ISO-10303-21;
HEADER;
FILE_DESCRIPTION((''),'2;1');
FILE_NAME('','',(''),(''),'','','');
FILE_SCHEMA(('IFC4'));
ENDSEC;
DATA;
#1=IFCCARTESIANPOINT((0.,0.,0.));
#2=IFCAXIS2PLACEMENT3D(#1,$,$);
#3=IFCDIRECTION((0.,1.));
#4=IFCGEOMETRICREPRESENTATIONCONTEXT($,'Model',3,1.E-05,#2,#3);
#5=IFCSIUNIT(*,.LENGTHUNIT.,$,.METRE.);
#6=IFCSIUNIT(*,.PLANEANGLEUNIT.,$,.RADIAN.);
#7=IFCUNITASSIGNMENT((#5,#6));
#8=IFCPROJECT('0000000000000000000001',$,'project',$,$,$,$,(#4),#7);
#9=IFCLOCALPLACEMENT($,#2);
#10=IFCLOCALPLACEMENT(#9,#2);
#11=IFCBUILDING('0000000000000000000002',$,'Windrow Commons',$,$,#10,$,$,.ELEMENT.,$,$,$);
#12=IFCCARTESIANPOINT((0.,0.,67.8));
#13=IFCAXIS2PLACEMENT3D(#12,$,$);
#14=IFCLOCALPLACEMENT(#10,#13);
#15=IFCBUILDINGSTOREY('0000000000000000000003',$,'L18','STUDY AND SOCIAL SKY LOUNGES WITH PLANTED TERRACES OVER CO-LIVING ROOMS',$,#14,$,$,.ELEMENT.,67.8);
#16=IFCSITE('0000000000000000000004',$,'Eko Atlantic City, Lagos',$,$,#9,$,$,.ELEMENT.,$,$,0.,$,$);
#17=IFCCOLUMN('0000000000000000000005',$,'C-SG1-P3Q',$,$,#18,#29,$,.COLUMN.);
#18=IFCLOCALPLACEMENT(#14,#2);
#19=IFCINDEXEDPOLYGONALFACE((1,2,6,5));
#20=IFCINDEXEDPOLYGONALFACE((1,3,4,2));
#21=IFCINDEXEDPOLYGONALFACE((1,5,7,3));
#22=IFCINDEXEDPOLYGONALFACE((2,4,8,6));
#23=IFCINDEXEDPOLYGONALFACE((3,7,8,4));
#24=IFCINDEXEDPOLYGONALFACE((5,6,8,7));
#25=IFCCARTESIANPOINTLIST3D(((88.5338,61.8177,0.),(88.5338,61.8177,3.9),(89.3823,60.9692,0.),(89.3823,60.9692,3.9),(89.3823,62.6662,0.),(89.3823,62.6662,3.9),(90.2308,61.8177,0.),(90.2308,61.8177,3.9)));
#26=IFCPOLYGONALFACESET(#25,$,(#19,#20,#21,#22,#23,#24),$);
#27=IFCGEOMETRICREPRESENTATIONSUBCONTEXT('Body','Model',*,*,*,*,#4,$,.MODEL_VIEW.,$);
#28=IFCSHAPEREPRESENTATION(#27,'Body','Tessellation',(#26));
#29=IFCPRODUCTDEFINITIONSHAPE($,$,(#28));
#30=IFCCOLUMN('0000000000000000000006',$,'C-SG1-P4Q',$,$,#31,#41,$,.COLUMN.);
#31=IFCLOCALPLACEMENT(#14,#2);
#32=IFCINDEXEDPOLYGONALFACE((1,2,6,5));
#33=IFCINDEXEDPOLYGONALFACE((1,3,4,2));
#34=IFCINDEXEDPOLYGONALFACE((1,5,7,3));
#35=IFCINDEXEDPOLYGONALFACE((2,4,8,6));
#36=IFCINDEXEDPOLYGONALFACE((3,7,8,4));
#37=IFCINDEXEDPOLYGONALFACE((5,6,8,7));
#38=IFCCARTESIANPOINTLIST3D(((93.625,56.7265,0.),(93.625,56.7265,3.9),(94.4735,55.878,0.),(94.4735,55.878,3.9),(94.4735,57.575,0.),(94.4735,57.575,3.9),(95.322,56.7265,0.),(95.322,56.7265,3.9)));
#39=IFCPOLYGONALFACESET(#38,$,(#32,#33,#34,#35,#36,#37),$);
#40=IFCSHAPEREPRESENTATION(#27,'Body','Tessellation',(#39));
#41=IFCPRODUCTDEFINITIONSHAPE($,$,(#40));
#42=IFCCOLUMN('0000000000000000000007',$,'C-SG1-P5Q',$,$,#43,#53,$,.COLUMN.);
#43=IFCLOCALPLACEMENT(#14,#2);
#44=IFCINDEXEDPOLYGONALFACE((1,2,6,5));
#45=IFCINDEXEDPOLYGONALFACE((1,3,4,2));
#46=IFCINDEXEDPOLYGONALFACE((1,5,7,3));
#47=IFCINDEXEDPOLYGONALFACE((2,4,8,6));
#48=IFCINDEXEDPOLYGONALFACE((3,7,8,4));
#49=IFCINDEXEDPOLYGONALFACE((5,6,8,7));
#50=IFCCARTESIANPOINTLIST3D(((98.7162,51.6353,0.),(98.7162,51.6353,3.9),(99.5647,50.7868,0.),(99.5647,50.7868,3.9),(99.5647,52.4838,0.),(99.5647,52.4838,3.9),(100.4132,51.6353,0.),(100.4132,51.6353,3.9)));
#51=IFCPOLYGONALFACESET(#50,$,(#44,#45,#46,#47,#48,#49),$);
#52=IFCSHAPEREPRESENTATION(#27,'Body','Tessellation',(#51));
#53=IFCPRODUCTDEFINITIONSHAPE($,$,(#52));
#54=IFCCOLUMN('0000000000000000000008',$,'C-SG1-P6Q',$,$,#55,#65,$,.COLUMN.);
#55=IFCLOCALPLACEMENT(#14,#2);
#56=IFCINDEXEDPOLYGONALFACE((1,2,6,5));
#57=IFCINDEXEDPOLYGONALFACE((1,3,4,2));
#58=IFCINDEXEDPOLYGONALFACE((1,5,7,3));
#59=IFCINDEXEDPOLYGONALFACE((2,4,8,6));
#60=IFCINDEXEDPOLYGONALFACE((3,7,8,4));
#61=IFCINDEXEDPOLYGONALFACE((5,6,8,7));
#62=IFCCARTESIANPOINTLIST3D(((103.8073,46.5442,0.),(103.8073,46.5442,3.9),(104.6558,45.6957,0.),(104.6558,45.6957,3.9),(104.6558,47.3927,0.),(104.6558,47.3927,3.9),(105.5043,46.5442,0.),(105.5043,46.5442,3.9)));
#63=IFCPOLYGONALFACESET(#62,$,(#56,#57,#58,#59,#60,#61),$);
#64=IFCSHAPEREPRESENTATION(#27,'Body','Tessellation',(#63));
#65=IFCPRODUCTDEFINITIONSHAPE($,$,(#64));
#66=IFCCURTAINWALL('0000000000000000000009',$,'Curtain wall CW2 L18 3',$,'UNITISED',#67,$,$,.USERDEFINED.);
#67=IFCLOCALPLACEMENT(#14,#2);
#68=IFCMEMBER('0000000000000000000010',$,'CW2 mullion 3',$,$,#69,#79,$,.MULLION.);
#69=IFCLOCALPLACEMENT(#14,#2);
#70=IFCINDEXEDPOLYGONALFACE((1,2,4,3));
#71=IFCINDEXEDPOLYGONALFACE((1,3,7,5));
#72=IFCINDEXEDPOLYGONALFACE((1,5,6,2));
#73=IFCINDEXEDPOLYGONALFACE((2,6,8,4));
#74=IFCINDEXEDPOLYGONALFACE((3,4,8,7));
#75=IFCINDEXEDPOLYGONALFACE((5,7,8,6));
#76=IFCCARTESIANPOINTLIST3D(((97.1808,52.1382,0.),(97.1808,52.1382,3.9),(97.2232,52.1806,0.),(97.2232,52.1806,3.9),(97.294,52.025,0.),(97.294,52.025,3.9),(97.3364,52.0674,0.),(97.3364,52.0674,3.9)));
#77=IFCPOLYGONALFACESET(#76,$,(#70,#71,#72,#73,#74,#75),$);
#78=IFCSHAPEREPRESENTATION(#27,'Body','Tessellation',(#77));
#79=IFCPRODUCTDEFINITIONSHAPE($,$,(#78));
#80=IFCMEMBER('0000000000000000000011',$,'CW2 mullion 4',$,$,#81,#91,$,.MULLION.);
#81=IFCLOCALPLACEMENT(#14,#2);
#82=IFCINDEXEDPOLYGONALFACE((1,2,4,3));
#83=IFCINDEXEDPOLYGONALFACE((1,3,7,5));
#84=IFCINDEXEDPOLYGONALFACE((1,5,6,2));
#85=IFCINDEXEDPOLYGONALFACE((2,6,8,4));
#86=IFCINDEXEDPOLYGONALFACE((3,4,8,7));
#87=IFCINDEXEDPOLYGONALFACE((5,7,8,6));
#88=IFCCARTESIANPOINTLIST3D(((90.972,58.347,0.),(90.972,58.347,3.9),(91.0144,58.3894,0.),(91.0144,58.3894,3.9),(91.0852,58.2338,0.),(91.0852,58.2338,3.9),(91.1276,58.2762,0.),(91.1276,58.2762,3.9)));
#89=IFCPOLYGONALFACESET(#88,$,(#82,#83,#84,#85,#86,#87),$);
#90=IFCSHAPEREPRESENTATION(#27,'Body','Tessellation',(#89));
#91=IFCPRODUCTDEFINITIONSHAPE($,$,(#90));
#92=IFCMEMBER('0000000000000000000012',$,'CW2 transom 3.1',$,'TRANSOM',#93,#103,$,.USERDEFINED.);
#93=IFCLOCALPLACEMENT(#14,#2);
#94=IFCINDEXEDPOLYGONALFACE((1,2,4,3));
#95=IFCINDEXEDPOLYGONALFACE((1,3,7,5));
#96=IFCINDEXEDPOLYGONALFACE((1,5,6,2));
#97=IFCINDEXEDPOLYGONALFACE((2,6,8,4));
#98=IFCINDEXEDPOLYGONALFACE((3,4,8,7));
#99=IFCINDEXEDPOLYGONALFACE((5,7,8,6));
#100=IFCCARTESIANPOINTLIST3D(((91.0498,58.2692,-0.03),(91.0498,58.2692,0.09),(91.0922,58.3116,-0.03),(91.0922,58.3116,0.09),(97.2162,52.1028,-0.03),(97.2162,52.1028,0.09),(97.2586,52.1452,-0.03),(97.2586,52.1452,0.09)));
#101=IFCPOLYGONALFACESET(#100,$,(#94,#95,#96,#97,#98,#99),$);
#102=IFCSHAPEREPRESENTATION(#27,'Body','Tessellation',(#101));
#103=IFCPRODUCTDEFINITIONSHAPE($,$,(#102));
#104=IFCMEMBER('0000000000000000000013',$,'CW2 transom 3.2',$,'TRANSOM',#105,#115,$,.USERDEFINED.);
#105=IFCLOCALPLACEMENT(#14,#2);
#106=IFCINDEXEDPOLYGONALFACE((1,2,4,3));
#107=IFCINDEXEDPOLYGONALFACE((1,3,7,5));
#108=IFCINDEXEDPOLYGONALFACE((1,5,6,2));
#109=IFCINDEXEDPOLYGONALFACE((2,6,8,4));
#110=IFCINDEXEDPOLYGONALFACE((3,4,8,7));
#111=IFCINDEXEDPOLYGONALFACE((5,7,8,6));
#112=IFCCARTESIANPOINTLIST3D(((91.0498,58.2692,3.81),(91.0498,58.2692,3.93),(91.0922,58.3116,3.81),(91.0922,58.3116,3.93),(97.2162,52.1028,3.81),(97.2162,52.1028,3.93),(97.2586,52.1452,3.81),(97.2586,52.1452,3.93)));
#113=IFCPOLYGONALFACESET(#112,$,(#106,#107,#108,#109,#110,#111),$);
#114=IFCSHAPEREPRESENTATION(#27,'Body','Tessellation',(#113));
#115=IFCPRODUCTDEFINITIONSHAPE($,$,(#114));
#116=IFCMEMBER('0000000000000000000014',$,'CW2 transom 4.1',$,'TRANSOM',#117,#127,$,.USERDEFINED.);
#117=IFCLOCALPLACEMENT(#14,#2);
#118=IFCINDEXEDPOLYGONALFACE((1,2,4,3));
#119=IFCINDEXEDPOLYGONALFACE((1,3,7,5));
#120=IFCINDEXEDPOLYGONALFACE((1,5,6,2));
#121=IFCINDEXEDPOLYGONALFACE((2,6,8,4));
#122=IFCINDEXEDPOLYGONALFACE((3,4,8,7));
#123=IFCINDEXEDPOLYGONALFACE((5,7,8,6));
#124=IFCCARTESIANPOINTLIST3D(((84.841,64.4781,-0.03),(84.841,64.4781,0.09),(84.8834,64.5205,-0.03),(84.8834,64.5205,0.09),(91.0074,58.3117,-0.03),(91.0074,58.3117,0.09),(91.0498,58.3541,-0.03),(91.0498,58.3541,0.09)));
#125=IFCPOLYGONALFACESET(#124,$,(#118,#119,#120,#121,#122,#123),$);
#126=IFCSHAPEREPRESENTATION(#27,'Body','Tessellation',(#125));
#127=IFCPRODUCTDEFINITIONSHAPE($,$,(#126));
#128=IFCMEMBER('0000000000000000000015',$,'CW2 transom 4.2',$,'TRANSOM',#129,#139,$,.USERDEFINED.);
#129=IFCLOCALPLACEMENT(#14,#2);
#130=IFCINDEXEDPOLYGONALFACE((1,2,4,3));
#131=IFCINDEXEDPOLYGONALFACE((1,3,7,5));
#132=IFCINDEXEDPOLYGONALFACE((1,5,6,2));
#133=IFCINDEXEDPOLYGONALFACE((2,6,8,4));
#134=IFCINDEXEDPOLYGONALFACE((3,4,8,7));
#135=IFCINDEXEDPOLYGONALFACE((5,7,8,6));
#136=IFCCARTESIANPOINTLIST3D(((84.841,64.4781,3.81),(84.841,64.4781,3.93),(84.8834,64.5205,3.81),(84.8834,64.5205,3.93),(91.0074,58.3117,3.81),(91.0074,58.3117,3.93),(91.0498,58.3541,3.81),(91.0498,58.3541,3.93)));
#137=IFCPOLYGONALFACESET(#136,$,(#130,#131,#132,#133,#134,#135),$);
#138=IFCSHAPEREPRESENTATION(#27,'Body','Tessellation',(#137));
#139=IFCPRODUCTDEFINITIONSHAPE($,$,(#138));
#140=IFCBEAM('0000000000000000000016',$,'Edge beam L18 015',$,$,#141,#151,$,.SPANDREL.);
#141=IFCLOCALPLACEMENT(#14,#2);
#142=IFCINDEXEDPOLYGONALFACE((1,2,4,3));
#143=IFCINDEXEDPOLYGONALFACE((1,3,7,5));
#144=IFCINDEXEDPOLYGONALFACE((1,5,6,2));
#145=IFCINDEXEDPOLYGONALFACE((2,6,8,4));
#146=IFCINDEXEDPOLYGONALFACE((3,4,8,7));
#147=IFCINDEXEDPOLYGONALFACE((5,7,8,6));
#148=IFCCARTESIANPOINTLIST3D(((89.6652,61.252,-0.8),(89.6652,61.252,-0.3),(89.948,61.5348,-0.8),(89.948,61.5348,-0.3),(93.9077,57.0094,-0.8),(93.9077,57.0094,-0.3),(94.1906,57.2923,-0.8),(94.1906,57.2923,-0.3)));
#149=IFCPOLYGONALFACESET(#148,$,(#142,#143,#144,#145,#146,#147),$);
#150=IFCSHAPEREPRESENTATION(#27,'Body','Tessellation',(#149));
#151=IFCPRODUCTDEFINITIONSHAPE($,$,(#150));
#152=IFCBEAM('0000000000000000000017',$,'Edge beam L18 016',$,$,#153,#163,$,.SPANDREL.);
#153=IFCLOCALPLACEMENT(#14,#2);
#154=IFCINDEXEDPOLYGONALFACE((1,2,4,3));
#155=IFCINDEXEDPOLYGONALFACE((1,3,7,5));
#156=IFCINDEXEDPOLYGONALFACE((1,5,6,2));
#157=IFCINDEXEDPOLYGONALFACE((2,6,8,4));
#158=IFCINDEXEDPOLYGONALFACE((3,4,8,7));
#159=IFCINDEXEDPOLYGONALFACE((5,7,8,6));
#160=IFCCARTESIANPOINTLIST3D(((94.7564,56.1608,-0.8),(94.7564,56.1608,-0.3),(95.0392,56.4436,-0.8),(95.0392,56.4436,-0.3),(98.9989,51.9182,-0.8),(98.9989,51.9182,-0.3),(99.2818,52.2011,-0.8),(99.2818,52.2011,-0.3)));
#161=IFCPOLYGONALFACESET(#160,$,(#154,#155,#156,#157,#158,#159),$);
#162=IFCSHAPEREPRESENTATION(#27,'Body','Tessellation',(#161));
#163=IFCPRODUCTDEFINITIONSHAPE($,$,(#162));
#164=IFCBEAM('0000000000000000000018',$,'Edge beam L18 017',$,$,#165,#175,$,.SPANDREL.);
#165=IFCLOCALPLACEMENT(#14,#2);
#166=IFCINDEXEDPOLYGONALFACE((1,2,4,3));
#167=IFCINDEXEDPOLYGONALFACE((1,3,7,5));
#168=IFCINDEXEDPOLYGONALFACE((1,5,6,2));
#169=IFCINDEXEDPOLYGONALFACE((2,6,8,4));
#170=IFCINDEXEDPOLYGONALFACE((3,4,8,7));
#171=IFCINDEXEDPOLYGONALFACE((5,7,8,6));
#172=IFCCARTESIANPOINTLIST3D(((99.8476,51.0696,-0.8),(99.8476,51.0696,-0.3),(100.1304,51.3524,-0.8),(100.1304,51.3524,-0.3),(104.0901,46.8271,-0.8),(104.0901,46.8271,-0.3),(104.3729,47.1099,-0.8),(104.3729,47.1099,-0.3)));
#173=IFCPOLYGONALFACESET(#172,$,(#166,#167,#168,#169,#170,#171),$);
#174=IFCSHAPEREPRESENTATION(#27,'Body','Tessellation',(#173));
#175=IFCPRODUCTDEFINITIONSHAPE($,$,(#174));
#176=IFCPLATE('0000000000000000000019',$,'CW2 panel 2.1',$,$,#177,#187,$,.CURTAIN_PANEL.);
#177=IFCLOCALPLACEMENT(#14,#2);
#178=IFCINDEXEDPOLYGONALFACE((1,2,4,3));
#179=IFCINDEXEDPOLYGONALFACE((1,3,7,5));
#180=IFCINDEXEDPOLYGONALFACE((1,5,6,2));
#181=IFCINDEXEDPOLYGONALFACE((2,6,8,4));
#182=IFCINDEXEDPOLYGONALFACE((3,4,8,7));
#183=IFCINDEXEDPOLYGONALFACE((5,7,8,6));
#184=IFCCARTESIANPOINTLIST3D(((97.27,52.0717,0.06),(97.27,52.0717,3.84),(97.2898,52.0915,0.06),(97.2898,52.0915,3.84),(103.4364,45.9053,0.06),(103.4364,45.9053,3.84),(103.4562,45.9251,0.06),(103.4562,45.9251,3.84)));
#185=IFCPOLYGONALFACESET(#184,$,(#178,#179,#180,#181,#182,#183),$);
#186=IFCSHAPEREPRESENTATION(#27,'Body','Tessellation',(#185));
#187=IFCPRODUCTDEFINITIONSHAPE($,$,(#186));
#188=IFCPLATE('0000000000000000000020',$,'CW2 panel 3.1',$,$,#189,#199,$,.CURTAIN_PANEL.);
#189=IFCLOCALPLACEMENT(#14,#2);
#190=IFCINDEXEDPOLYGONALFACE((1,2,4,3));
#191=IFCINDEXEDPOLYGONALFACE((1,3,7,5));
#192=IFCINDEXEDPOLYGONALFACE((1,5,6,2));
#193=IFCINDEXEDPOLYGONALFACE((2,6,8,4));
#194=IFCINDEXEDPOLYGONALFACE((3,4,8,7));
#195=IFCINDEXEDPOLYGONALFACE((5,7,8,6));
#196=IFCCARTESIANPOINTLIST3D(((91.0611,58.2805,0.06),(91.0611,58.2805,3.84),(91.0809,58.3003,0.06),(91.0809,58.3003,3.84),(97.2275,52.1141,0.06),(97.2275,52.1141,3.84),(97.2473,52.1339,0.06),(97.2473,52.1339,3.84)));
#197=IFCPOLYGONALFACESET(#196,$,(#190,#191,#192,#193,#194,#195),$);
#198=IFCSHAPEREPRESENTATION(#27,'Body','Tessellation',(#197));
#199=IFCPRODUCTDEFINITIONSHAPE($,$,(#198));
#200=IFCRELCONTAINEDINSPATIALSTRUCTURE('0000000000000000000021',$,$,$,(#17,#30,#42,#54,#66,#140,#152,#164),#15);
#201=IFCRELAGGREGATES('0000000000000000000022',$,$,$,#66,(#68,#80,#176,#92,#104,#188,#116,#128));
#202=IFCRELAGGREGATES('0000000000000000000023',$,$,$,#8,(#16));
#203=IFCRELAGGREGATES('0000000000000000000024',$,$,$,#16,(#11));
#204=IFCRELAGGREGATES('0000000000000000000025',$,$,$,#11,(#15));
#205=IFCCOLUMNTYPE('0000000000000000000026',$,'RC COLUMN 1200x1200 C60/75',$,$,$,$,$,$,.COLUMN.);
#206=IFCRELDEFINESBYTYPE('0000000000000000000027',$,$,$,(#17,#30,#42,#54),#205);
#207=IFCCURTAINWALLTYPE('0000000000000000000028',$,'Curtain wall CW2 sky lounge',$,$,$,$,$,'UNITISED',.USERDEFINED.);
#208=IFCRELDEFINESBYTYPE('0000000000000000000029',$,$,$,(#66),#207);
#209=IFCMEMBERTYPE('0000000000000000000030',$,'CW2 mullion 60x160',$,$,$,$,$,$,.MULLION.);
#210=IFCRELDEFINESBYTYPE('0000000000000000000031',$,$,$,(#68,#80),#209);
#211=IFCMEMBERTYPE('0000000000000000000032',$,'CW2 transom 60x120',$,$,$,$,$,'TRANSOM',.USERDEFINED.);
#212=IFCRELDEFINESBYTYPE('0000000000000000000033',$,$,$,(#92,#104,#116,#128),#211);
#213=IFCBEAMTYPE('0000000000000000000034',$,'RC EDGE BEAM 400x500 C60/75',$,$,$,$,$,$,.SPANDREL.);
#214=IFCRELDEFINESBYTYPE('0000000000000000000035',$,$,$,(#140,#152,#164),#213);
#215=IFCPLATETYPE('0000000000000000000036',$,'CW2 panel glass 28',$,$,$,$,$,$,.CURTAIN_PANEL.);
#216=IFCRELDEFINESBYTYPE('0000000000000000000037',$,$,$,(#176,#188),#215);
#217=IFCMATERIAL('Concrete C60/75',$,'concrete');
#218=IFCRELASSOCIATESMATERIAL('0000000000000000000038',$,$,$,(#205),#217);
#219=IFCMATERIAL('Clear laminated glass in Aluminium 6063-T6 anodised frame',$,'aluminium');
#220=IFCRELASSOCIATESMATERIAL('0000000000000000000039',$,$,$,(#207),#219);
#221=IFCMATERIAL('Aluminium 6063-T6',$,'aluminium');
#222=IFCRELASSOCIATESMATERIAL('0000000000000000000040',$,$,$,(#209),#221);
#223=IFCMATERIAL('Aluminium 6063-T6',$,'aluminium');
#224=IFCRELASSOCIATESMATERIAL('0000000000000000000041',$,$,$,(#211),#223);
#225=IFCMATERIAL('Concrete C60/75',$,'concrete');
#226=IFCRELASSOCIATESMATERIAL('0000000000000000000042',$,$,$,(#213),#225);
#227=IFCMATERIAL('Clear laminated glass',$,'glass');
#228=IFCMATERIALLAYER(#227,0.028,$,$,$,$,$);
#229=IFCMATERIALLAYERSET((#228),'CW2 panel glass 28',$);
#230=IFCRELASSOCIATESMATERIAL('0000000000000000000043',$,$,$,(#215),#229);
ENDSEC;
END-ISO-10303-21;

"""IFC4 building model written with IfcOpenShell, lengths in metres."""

from ifc_helpers import new_model, si_unit, direction, frame, origin, origin_2d, place, context, subcontext, project, spatial, rectangle, extrude, material, layer, layer_set, material_profile, profile_set, type_object, element, aggregate, save


model = new_model("IFC4")

# Units and contexts
model_context = context("Model", 3, precision=1e-05, world=origin(), true_north=direction((0.0, 1.0)))
body_context = subcontext(model_context, "Body", "Model", "MODEL_VIEW")
ifc_project = project(units=[si_unit("LENGTHUNIT", "METRE"), si_unit("PLANEANGLEUNIT", "RADIAN")], contexts=[model_context])

# Site, building, storey
site_placement = place(None, origin())
site = spatial("IfcSite", under=ifc_project, at=site_placement, Name="Eko Atlantic City, Lagos", CompositionType="ELEMENT", RefElevation=0.0)
building_placement = place(site_placement, origin())
building = spatial("IfcBuilding", under=site, at=building_placement, Name="Windrow Commons", CompositionType="ELEMENT")
storey_placement = place(building_placement, frame((0.0, 0.0, 67.8)))
storey = spatial("IfcBuildingStorey", under=building, at=storey_placement, Name="L18", Description="STUDY AND SOCIAL SKY LOUNGES WITH PLANTED TERRACES OVER CO-LIVING ROOMS", CompositionType="ELEMENT", Elevation=67.8)

# Columns
ifc_material_1 = material(Name="Concrete C60/75", Category="concrete")
ifc_material_profile_1 = material_profile(ifc_material_1, rectangle(XDim=1.2, YDim=1.2, at=origin_2d()))
ifc_profile_set_1 = profile_set([ifc_material_profile_1], Name="Concrete C60/75")
column_type = type_object("IfcColumnType", Name="RC COLUMN 1200x1200 C60/75", PredefinedType="COLUMN", material=ifc_profile_set_1)
for number, where, z_axis, x_axis, name in (
    (1, (89.3823, 61.8177, 0.0), (0.0, 0.0, 1.0), (0.707107, -0.707107, 0.0), "C-SG1-P3Q"),
    (2, (94.4735, 56.7265, 0.0), (0.0, 0.0, 1.0), (0.707107, -0.707107, 0.0), "C-SG1-P4Q"),
    (3, (99.5647, 51.6353, 0.0), (0.0, 0.0, 1.0), (0.707107, -0.707107, 0.0), "C-SG1-P5Q"),
    (4, (104.6558, 46.5442, 0.0), (0.0, 0.0, 1.0), (0.707107, -0.707107, 0.0), "C-SG1-P6Q"),
):
    element("IfcColumn", number, at=place(storey_placement, frame(where, z_axis=z_axis, x_axis=x_axis)), inside=storey, type_object=column_type, Name=name, PredefinedType="COLUMN", context=body_context, shape_type="SweptSolid", body=[
        extrude(rectangle(XDim=1.2, YDim=1.2, at=origin_2d()), origin(), (0.0, 0.0, 1.0), 3.9),
    ])

# Curtain wall, members
ifc_material_2 = material(Name="Clear laminated glass in Aluminium 6063-T6 anodised frame", Category="aluminium")
curtain_wall_type = type_object("IfcCurtainWallType", Name="Curtain wall CW2 sky lounge", ElementType="UNITISED", PredefinedType="USERDEFINED", material=ifc_material_2)
placement = place(storey_placement, origin())
curtain_wall = element("IfcCurtainWall", 5, at=placement, inside=storey, type_object=curtain_wall_type, Name="Curtain wall CW2 L18 3", ObjectType="UNITISED", PredefinedType="USERDEFINED")
ifc_material_3 = material(Name="Aluminium 6063-T6", Category="aluminium")
ifc_material_profile_2 = material_profile(ifc_material_3, rectangle(XDim=0.06, YDim=0.16, at=origin_2d()))
ifc_profile_set_2 = profile_set([ifc_material_profile_2], Name="Aluminium 6063-T6")
member_type_1 = type_object("IfcMemberType", Name="CW2 mullion 60x160", PredefinedType="MULLION", material=ifc_profile_set_2)
member_1_placement = place(storey_placement, frame((97.2586, 52.1028, 0.0), z_axis=(0.0, 0.0, 1.0), x_axis=(-0.707107, -0.707107, 0.0)))
member_1 = element("IfcMember", 6, at=member_1_placement, type_object=member_type_1, Name="CW2 mullion 3", PredefinedType="MULLION", context=body_context, shape_type="SweptSolid", body=[
    extrude(rectangle(XDim=0.06, YDim=0.16, at=origin_2d()), origin(), (0.0, 0.0, 1.0), 3.9),
])
member_2_placement = place(storey_placement, frame((91.0498, 58.3116, 0.0), z_axis=(0.0, 0.0, 1.0), x_axis=(-0.707107, -0.707107, 0.0)))
member_2 = element("IfcMember", 7, at=member_2_placement, type_object=member_type_1, Name="CW2 mullion 4", PredefinedType="MULLION", context=body_context, shape_type="SweptSolid", body=[
    extrude(rectangle(XDim=0.06, YDim=0.16, at=origin_2d()), origin(), (0.0, 0.0, 1.0), 3.9),
])
ifc_material_4 = material(Name="Aluminium 6063-T6", Category="aluminium")
ifc_material_profile_3 = material_profile(ifc_material_4, rectangle(XDim=0.06, YDim=0.12, at=origin_2d()))
ifc_profile_set_3 = profile_set([ifc_material_profile_3], Name="Aluminium 6063-T6")
member_type_2 = type_object("IfcMemberType", Name="CW2 transom 60x120", ElementType="TRANSOM", PredefinedType="USERDEFINED", material=ifc_profile_set_3)
member_3_placement = place(storey_placement, frame((97.2374, 52.124, 0.03), z_axis=(-0.707107, 0.707107, 0.0), x_axis=(-0.707107, -0.707107, 0.0)))
member_3 = element("IfcMember", 8, at=member_3_placement, type_object=member_type_2, Name="CW2 transom 3.1", ObjectType="TRANSOM", PredefinedType="USERDEFINED", context=body_context, shape_type="SweptSolid", body=[
    extrude(rectangle(XDim=0.06, YDim=0.12, at=origin_2d()), origin(), (0.0, 0.0, 1.0), 8.7206),
])
member_4_placement = place(storey_placement, frame((97.2374, 52.124, 3.87), z_axis=(-0.707107, 0.707107, 0.0), x_axis=(-0.707107, -0.707107, 0.0)))
member_4 = element("IfcMember", 9, at=member_4_placement, type_object=member_type_2, Name="CW2 transom 3.2", ObjectType="TRANSOM", PredefinedType="USERDEFINED", context=body_context, shape_type="SweptSolid", body=[
    extrude(rectangle(XDim=0.06, YDim=0.12, at=origin_2d()), origin(), (0.0, 0.0, 1.0), 8.7206),
])
member_5_placement = place(storey_placement, frame((91.0286, 58.3329, 0.03), z_axis=(-0.707107, 0.707107, 0.0), x_axis=(-0.707107, -0.707107, 0.0)))
member_5 = element("IfcMember", 10, at=member_5_placement, type_object=member_type_2, Name="CW2 transom 4.1", ObjectType="TRANSOM", PredefinedType="USERDEFINED", context=body_context, shape_type="SweptSolid", body=[
    extrude(rectangle(XDim=0.06, YDim=0.12, at=origin_2d()), origin(), (0.0, 0.0, 1.0), 8.7206),
])
member_6_placement = place(storey_placement, frame((91.0286, 58.3329, 3.87), z_axis=(-0.707107, 0.707107, 0.0), x_axis=(-0.707107, -0.707107, 0.0)))
member_6 = element("IfcMember", 11, at=member_6_placement, type_object=member_type_2, Name="CW2 transom 4.2", ObjectType="TRANSOM", PredefinedType="USERDEFINED", context=body_context, shape_type="SweptSolid", body=[
    extrude(rectangle(XDim=0.06, YDim=0.12, at=origin_2d()), origin(), (0.0, 0.0, 1.0), 8.7206),
])

# Beams
ifc_material_5 = material(Name="Concrete C60/75", Category="concrete")
ifc_material_profile_4 = material_profile(ifc_material_5, rectangle(XDim=0.4, YDim=0.5, at=origin_2d()))
ifc_profile_set_4 = profile_set([ifc_material_profile_4], Name="Concrete C60/75")
beam_type = type_object("IfcBeamType", Name="RC EDGE BEAM 400x500 C60/75", PredefinedType="SPANDREL", material=ifc_profile_set_4)
for number, where, z_axis, x_axis, name in (
    (12, (89.8066, 61.3934, -0.55), (0.707107, -0.707107, 0.0), (0.707107, 0.707107, 0.0), "Edge beam L18 015"),
    (13, (94.8978, 56.3022, -0.55), (0.707107, -0.707107, 0.0), (0.707107, 0.707107, 0.0), "Edge beam L18 016"),
):
    element("IfcBeam", number, at=place(storey_placement, frame(where, z_axis=z_axis, x_axis=x_axis)), inside=storey, type_object=beam_type, Name=name, PredefinedType="SPANDREL", context=body_context, shape_type="SweptSolid", body=[
        extrude(rectangle(XDim=0.4, YDim=0.5, at=origin_2d()), origin(), (0.0, 0.0, 1.0), 5.9999),
    ])
beam_placement = place(storey_placement, frame((99.989, 51.211, -0.55), z_axis=(0.707107, -0.707107, 0.0), x_axis=(0.707107, 0.707107, 0.0)))
element("IfcBeam", 14, at=beam_placement, inside=storey, type_object=beam_type, Name="Edge beam L18 017", PredefinedType="SPANDREL", context=body_context, shape_type="SweptSolid", body=[
    extrude(rectangle(XDim=0.4, YDim=0.5, at=origin_2d()), origin(), (0.0, 0.0, 1.0), 5.9998),
])

# Plates
ifc_material_6 = material(Name="Clear laminated glass", Category="glass")
ifc_layer_1 = layer(ifc_material_6, 0.028)
ifc_layer_set_1 = layer_set([ifc_layer_1], Name="CW2 panel glass 28")
plate_type = type_object("IfcPlateType", Name="CW2 panel glass 28", PredefinedType="CURTAIN_PANEL", material=ifc_layer_set_1)
plate_1_placement = place(storey_placement, frame((100.3631, 48.9984, 0.06), z_axis=(0.0, 0.0, 1.0), x_axis=(-0.707107, 0.707107, 0.0)))
plate_1 = element("IfcPlate", 15, at=plate_1_placement, type_object=plate_type, Name="CW2 panel 2.1", PredefinedType="CURTAIN_PANEL", context=body_context, shape_type="SweptSolid", body=[
    extrude(rectangle(XDim=8.7206, YDim=0.028, at=origin_2d()), origin(), (0.0, 0.0, 1.0), 3.78),
])
plate_2_placement = place(storey_placement, frame((94.1542, 55.2072, 0.06), z_axis=(0.0, 0.0, 1.0), x_axis=(-0.707107, 0.707107, 0.0)))
plate_2 = element("IfcPlate", 16, at=plate_2_placement, type_object=plate_type, Name="CW2 panel 3.1", PredefinedType="CURTAIN_PANEL", context=body_context, shape_type="SweptSolid", body=[
    extrude(rectangle(XDim=8.7206, YDim=0.028, at=origin_2d()), origin(), (0.0, 0.0, 1.0), 3.78),
])
aggregate(curtain_wall, [member_1, member_2, plate_1, member_3, member_4, plate_2, member_5, member_6])

save(model, "model.ifc")
